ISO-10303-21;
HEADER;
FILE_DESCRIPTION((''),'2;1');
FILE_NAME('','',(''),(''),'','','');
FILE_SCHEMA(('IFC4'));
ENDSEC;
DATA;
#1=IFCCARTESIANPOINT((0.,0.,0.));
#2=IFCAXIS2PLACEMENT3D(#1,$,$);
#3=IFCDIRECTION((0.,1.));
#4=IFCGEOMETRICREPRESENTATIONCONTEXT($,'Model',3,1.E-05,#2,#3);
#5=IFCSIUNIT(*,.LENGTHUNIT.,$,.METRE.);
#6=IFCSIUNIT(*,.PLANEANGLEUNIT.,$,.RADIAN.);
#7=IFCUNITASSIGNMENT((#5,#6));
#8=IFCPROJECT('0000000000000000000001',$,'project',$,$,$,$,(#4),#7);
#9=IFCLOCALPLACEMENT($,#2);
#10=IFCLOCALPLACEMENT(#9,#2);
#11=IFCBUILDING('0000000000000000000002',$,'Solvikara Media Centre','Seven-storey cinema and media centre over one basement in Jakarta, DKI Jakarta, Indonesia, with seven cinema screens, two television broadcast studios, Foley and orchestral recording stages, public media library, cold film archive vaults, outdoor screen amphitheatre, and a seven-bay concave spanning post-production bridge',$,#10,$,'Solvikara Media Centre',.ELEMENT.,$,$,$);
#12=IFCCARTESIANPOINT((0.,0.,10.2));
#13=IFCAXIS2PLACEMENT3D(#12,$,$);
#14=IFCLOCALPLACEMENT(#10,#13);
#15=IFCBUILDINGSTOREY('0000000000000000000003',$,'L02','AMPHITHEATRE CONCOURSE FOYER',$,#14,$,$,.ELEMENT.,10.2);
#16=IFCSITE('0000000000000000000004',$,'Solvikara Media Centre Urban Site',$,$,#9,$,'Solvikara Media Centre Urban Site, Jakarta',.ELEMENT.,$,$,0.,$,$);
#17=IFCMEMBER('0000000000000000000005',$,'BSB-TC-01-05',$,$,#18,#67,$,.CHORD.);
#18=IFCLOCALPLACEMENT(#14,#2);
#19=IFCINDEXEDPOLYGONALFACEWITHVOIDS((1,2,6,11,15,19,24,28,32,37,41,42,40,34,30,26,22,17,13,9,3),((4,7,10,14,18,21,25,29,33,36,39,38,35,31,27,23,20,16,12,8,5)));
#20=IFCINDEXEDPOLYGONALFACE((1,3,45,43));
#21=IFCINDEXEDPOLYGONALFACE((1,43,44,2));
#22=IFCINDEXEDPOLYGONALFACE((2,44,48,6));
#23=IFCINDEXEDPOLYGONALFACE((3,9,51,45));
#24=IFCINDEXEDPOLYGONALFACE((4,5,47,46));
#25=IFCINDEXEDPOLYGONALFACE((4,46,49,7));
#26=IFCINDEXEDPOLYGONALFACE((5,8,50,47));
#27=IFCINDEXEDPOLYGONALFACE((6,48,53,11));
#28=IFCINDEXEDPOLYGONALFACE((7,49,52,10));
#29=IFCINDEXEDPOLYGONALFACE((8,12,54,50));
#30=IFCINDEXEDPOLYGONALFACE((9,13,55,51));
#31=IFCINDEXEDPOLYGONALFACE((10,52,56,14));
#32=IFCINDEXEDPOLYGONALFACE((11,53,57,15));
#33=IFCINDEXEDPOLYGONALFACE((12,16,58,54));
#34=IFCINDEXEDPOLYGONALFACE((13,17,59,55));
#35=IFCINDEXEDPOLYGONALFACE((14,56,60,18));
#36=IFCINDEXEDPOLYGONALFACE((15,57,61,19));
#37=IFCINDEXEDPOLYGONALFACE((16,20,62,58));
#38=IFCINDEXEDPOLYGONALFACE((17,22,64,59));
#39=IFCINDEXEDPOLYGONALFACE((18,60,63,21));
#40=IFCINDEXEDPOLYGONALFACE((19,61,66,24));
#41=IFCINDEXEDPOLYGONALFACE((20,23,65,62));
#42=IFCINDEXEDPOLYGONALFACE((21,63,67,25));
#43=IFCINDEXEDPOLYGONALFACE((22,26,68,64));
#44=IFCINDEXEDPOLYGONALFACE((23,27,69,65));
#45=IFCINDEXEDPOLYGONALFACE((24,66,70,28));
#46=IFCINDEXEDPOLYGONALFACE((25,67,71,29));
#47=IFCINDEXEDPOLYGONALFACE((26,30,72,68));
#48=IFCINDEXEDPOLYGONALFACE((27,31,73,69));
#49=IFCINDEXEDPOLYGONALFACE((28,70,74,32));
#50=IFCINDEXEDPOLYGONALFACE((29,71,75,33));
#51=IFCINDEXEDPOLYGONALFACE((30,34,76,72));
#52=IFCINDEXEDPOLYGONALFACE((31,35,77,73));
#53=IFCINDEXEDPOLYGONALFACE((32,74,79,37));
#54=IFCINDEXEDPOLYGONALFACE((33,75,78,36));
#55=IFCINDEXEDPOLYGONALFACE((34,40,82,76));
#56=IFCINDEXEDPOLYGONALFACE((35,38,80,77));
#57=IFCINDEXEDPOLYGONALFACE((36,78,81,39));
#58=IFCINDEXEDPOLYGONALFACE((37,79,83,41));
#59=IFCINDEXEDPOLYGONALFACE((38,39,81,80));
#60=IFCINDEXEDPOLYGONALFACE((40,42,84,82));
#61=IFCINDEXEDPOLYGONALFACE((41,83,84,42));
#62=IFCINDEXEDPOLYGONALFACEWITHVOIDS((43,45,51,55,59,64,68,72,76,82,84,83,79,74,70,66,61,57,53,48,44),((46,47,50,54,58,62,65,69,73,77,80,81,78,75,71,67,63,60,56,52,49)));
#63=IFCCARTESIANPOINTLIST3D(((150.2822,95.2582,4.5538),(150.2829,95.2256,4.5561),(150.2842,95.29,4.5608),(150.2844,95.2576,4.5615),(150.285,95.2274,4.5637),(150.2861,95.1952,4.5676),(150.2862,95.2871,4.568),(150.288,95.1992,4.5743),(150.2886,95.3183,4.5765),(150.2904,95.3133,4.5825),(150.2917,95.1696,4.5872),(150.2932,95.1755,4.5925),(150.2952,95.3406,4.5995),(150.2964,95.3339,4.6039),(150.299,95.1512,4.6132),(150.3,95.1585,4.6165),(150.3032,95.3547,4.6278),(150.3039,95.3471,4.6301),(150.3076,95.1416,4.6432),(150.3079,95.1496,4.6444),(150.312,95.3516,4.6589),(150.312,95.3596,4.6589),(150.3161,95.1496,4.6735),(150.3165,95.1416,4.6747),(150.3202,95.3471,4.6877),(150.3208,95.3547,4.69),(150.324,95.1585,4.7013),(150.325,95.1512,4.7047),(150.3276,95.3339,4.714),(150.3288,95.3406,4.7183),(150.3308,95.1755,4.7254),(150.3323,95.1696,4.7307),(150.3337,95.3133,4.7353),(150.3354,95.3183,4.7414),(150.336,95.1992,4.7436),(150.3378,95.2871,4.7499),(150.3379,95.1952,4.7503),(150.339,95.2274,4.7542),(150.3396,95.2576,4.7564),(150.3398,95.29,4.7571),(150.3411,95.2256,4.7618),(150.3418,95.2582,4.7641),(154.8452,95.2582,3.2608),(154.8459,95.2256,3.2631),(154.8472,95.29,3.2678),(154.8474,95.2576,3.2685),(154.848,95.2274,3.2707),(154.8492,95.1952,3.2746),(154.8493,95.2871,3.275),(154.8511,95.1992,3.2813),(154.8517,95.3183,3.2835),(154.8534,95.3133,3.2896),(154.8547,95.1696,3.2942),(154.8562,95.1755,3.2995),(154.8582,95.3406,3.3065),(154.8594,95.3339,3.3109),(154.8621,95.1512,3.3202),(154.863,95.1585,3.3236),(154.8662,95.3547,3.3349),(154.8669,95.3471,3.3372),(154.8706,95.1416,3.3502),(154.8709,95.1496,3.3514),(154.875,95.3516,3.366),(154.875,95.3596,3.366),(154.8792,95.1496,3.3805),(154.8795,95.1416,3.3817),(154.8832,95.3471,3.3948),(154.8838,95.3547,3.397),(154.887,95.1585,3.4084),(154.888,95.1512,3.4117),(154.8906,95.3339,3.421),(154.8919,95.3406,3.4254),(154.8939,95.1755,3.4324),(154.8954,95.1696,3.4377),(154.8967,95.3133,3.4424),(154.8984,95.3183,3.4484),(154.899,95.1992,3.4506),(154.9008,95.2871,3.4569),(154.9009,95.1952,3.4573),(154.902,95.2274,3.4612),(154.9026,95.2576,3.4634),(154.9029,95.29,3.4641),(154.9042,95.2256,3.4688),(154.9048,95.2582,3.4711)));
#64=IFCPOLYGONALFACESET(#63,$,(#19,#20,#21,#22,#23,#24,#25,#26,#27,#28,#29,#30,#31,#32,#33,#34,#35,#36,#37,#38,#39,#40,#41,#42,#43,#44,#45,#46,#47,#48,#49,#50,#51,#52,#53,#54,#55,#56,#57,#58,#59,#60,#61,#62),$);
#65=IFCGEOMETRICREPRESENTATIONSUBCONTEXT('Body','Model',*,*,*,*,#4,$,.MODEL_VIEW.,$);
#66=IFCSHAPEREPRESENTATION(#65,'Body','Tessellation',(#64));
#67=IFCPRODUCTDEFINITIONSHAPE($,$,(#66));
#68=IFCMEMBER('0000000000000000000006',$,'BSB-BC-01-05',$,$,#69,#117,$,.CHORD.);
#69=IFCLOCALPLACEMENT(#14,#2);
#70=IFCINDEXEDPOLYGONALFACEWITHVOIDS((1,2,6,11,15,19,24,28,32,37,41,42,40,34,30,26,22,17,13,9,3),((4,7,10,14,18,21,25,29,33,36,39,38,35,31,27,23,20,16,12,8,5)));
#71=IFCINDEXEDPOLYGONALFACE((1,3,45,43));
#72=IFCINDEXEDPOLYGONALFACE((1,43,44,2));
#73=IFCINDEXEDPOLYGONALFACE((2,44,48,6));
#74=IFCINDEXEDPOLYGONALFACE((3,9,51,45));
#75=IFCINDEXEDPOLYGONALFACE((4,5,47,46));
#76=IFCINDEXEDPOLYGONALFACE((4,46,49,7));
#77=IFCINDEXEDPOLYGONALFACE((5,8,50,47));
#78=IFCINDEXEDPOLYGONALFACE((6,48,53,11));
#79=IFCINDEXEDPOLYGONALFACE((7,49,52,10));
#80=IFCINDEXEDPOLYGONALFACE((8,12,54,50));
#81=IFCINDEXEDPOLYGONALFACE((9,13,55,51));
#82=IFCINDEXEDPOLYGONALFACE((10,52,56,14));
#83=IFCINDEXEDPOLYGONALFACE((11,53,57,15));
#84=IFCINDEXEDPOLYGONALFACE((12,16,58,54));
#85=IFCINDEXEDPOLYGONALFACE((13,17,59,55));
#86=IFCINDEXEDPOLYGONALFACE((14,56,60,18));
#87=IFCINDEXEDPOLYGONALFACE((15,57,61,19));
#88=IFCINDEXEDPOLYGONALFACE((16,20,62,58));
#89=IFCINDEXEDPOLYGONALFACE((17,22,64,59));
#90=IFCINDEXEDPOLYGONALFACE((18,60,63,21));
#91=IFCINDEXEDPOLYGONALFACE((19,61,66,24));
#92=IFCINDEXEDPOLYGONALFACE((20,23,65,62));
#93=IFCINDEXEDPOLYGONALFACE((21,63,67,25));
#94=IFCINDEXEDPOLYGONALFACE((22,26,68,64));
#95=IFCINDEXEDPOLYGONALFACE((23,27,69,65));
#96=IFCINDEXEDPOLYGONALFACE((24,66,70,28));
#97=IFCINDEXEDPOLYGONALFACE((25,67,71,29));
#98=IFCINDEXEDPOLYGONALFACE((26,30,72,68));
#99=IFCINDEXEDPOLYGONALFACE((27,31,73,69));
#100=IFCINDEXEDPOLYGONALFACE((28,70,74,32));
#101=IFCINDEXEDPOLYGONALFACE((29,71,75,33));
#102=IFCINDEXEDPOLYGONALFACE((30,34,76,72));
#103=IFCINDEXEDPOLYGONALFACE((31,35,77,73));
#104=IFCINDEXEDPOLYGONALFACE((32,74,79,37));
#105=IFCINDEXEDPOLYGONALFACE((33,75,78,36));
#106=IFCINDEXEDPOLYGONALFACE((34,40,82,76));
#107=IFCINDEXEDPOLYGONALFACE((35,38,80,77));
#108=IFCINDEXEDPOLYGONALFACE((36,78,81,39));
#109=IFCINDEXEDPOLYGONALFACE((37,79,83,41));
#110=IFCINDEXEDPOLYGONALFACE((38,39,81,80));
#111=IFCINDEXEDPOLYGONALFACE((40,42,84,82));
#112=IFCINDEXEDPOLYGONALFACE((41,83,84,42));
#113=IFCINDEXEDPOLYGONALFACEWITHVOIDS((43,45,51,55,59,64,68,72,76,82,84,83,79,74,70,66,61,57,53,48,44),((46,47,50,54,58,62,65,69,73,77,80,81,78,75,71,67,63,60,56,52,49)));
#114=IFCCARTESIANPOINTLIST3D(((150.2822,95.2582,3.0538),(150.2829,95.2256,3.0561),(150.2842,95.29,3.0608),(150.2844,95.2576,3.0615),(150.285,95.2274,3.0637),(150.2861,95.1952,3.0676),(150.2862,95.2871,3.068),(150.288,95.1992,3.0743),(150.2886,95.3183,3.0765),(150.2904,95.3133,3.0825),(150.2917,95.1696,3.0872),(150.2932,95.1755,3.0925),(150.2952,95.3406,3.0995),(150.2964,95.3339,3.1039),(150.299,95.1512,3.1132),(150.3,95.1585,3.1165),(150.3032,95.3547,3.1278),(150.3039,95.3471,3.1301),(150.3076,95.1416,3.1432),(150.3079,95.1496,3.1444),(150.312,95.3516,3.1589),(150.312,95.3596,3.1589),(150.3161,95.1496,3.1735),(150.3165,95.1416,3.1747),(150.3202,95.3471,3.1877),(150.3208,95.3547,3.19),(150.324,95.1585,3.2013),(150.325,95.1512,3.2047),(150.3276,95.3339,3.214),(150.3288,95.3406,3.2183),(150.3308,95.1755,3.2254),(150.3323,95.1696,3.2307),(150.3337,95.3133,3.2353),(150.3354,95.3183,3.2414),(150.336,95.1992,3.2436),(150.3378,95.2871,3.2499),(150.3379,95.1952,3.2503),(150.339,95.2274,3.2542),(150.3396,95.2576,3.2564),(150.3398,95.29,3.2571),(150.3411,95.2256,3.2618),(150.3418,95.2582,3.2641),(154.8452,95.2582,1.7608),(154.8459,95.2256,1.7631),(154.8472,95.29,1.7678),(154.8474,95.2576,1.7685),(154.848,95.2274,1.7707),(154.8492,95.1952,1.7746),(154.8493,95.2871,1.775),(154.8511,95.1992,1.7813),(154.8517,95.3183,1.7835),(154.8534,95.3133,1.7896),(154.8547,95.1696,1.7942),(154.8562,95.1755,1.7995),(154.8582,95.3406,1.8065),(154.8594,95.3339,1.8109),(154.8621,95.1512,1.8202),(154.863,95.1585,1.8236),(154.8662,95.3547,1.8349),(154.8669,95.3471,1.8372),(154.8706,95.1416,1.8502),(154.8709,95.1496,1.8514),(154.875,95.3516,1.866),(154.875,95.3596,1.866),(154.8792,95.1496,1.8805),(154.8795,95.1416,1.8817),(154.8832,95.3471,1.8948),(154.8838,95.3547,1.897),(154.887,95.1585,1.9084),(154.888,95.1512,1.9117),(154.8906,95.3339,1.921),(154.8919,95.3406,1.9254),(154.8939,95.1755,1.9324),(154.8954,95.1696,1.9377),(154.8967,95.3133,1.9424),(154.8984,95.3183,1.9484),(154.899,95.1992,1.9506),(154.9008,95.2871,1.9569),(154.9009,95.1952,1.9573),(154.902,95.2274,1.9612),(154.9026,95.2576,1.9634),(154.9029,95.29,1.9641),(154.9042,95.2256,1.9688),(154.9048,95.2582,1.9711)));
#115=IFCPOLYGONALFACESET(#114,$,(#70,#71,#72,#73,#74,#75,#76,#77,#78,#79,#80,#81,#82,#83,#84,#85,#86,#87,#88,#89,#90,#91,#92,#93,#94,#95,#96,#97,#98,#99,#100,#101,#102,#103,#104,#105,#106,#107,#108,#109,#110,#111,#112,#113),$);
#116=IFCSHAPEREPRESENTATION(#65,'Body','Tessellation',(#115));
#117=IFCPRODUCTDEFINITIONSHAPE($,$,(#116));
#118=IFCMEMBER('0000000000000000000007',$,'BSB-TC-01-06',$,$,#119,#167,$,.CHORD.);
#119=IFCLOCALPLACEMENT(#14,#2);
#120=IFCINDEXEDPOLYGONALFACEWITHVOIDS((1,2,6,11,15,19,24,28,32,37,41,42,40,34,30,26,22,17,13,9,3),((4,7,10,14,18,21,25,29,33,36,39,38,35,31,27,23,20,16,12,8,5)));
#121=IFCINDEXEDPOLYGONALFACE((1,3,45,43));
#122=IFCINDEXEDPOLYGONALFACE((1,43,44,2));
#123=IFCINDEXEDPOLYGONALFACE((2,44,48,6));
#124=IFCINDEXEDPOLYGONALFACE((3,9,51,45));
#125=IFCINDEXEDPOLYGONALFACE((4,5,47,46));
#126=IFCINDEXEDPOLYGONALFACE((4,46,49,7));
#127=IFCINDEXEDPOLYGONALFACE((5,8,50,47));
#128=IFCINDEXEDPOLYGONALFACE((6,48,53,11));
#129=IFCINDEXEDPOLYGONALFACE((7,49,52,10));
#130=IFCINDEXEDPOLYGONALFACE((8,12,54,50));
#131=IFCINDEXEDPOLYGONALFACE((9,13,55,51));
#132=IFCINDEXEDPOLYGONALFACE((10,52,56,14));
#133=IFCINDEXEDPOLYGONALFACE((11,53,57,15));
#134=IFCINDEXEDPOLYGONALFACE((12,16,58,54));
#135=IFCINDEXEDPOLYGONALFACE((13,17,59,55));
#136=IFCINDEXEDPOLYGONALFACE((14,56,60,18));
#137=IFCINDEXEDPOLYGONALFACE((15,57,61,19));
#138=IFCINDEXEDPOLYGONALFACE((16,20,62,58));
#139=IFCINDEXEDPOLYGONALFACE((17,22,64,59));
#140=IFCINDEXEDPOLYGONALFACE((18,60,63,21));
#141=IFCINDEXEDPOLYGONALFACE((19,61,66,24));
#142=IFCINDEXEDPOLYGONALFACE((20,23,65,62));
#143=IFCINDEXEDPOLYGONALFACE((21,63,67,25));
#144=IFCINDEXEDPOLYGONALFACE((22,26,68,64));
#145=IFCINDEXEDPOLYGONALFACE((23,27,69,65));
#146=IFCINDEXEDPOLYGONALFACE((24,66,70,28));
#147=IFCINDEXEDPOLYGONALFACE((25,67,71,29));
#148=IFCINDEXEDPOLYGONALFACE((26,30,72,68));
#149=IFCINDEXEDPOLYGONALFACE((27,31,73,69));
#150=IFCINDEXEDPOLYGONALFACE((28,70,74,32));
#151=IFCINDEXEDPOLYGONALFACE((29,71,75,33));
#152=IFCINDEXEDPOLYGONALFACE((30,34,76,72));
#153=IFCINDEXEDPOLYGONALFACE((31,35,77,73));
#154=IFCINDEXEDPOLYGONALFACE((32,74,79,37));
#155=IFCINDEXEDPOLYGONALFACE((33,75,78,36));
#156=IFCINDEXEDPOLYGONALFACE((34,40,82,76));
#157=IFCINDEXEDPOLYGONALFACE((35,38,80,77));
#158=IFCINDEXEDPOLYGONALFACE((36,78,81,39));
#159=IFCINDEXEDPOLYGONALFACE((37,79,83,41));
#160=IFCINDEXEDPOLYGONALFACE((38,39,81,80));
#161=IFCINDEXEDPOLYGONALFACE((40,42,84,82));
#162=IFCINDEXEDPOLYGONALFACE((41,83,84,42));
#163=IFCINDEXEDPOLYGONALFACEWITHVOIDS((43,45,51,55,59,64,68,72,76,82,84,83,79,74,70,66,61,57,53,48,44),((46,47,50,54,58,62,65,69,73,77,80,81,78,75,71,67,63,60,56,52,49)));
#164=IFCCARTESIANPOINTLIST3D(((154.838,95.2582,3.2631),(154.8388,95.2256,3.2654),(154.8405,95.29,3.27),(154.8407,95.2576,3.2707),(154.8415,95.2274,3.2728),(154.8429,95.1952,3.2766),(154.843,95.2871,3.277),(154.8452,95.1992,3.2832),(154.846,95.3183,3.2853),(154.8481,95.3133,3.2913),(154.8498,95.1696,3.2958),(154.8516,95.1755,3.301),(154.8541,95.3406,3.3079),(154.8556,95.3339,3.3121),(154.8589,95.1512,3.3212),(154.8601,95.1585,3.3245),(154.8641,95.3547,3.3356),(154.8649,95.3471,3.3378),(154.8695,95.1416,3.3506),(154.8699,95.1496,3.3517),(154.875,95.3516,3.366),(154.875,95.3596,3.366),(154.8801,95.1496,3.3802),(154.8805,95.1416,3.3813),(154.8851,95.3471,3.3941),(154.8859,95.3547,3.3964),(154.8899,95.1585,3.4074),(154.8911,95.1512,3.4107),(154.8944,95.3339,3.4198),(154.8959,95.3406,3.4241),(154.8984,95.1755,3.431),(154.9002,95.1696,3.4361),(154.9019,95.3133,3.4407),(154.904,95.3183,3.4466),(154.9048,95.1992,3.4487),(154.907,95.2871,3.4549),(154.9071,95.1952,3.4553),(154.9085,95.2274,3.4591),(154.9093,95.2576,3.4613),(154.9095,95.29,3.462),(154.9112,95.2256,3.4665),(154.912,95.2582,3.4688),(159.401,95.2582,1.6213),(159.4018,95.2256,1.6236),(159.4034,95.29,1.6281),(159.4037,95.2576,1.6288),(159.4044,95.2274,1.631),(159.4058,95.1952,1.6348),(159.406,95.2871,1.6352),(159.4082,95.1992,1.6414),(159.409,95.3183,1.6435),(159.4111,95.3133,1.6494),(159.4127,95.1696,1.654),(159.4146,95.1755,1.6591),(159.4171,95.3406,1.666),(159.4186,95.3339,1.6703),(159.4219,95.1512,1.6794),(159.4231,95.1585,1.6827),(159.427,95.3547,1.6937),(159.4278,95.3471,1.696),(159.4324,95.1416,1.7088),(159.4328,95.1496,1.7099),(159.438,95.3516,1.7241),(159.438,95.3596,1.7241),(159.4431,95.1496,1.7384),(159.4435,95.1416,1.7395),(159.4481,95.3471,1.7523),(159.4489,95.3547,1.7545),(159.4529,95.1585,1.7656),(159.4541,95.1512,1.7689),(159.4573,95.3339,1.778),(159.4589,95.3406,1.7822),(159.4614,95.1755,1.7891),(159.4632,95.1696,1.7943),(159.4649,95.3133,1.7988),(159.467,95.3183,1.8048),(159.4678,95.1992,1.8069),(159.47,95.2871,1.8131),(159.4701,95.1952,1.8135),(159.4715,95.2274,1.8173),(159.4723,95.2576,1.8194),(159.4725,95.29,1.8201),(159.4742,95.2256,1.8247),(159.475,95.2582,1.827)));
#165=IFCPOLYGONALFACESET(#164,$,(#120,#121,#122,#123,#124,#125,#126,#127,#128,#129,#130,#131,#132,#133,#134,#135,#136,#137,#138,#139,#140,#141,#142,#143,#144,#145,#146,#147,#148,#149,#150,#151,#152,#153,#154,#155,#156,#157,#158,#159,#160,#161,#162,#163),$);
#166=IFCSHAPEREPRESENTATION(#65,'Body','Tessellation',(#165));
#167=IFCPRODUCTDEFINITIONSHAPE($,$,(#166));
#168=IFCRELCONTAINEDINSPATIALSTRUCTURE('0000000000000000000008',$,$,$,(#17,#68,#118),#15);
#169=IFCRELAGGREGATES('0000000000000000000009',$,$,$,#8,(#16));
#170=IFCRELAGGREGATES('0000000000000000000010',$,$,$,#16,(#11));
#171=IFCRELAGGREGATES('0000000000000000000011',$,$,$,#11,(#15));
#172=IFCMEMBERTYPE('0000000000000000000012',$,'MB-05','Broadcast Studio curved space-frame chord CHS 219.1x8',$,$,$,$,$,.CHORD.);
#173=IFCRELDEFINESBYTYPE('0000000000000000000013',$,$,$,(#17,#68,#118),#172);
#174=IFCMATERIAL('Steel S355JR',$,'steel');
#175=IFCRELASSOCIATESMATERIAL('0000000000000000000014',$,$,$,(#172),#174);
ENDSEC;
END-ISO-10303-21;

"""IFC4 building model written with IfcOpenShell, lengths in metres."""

from ifc_helpers import new_model, si_unit, direction, frame, origin, origin_2d, place, context, subcontext, project, spatial, hollow_circle, extrude, material, material_profile, profile_set, type_object, element, save


model = new_model("IFC4")

# Units and contexts
model_context = context("Model", 3, precision=1e-05, world=origin(), true_north=direction((0.0, 1.0)))
body_context = subcontext(model_context, "Body", "Model", "MODEL_VIEW")
ifc_project = project(units=[si_unit("LENGTHUNIT", "METRE"), si_unit("PLANEANGLEUNIT", "RADIAN")], contexts=[model_context])

# Site, building, storey
site_placement = place(None, origin())
site = spatial("IfcSite", under=ifc_project, at=site_placement, Name="Solvikara Media Centre Urban Site", LongName="Solvikara Media Centre Urban Site, Jakarta", CompositionType="ELEMENT", RefElevation=0.0)
building_placement = place(site_placement, origin())
building = spatial("IfcBuilding", under=site, at=building_placement, Name="Solvikara Media Centre", Description="Seven-storey cinema and media centre over one basement in Jakarta, DKI Jakarta, Indonesia, with seven cinema screens, two television broadcast studios, Foley and orchestral recording stages, public media library, cold film archive vaults, outdoor screen amphitheatre, and a seven-bay concave spanning post-production bridge", LongName="Solvikara Media Centre", CompositionType="ELEMENT")
storey_placement = place(building_placement, frame((0.0, 0.0, 10.2)))
storey = spatial("IfcBuildingStorey", under=building, at=storey_placement, Name="L02", Description="AMPHITHEATRE CONCOURSE FOYER", CompositionType="ELEMENT", Elevation=10.2)

# Members
ifc_material_1 = material(Name="Steel S355JR", Category="steel")
ifc_material_profile_1 = material_profile(ifc_material_1, hollow_circle(Radius=0.1096, WallThickness=0.0081, at=origin_2d()), Name="CHS 219.1x8")
ifc_profile_set_1 = profile_set([ifc_material_profile_1], Name="Steel S355JR")
member_type_1 = type_object("IfcMemberType", Name="MB-05", Description="Broadcast Studio curved space-frame chord CHS 219.1x8", PredefinedType="CHORD", material=ifc_profile_set_1)
for number, where, z_axis, x_axis, name in (
    (1, (150.312, 95.25, 4.6589), (0.96212, 0.0, -0.272626), (0.0, 1.0, 0.0), "BSB-TC-01-05"),
    (2, (150.312, 95.25, 3.1589), (0.96212, 0.0, -0.272626), (0.0, 1.0, 0.0), "BSB-BC-01-05"),
):
    element("IfcMember", number, at=place(storey_placement, frame(where, z_axis=z_axis, x_axis=x_axis)), inside=storey, type_object=member_type_1, Name=name, PredefinedType="CHORD", context=body_context, shape_type="SweptSolid", body=[
        extrude(hollow_circle(Radius=0.1096, WallThickness=0.0081, at=origin_2d()), origin(), (0.0, 0.0, 1.0), 4.7427),
    ])
member_1_placement = place(storey_placement, frame((154.875, 95.25, 3.366), z_axis=(0.940942, 0.0, -0.338568), x_axis=(0.0, 1.0, 0.0)))
element("IfcMember", 3, at=member_1_placement, inside=storey, type_object=member_type_1, Name="BSB-TC-01-06", PredefinedType="CHORD", context=body_context, shape_type="SweptSolid", body=[
    extrude(hollow_circle(Radius=0.1096, WallThickness=0.0081, at=origin_2d()), origin(), (0.0, 0.0, 1.0), 4.8494),
])

save(model, "model.ifc")
